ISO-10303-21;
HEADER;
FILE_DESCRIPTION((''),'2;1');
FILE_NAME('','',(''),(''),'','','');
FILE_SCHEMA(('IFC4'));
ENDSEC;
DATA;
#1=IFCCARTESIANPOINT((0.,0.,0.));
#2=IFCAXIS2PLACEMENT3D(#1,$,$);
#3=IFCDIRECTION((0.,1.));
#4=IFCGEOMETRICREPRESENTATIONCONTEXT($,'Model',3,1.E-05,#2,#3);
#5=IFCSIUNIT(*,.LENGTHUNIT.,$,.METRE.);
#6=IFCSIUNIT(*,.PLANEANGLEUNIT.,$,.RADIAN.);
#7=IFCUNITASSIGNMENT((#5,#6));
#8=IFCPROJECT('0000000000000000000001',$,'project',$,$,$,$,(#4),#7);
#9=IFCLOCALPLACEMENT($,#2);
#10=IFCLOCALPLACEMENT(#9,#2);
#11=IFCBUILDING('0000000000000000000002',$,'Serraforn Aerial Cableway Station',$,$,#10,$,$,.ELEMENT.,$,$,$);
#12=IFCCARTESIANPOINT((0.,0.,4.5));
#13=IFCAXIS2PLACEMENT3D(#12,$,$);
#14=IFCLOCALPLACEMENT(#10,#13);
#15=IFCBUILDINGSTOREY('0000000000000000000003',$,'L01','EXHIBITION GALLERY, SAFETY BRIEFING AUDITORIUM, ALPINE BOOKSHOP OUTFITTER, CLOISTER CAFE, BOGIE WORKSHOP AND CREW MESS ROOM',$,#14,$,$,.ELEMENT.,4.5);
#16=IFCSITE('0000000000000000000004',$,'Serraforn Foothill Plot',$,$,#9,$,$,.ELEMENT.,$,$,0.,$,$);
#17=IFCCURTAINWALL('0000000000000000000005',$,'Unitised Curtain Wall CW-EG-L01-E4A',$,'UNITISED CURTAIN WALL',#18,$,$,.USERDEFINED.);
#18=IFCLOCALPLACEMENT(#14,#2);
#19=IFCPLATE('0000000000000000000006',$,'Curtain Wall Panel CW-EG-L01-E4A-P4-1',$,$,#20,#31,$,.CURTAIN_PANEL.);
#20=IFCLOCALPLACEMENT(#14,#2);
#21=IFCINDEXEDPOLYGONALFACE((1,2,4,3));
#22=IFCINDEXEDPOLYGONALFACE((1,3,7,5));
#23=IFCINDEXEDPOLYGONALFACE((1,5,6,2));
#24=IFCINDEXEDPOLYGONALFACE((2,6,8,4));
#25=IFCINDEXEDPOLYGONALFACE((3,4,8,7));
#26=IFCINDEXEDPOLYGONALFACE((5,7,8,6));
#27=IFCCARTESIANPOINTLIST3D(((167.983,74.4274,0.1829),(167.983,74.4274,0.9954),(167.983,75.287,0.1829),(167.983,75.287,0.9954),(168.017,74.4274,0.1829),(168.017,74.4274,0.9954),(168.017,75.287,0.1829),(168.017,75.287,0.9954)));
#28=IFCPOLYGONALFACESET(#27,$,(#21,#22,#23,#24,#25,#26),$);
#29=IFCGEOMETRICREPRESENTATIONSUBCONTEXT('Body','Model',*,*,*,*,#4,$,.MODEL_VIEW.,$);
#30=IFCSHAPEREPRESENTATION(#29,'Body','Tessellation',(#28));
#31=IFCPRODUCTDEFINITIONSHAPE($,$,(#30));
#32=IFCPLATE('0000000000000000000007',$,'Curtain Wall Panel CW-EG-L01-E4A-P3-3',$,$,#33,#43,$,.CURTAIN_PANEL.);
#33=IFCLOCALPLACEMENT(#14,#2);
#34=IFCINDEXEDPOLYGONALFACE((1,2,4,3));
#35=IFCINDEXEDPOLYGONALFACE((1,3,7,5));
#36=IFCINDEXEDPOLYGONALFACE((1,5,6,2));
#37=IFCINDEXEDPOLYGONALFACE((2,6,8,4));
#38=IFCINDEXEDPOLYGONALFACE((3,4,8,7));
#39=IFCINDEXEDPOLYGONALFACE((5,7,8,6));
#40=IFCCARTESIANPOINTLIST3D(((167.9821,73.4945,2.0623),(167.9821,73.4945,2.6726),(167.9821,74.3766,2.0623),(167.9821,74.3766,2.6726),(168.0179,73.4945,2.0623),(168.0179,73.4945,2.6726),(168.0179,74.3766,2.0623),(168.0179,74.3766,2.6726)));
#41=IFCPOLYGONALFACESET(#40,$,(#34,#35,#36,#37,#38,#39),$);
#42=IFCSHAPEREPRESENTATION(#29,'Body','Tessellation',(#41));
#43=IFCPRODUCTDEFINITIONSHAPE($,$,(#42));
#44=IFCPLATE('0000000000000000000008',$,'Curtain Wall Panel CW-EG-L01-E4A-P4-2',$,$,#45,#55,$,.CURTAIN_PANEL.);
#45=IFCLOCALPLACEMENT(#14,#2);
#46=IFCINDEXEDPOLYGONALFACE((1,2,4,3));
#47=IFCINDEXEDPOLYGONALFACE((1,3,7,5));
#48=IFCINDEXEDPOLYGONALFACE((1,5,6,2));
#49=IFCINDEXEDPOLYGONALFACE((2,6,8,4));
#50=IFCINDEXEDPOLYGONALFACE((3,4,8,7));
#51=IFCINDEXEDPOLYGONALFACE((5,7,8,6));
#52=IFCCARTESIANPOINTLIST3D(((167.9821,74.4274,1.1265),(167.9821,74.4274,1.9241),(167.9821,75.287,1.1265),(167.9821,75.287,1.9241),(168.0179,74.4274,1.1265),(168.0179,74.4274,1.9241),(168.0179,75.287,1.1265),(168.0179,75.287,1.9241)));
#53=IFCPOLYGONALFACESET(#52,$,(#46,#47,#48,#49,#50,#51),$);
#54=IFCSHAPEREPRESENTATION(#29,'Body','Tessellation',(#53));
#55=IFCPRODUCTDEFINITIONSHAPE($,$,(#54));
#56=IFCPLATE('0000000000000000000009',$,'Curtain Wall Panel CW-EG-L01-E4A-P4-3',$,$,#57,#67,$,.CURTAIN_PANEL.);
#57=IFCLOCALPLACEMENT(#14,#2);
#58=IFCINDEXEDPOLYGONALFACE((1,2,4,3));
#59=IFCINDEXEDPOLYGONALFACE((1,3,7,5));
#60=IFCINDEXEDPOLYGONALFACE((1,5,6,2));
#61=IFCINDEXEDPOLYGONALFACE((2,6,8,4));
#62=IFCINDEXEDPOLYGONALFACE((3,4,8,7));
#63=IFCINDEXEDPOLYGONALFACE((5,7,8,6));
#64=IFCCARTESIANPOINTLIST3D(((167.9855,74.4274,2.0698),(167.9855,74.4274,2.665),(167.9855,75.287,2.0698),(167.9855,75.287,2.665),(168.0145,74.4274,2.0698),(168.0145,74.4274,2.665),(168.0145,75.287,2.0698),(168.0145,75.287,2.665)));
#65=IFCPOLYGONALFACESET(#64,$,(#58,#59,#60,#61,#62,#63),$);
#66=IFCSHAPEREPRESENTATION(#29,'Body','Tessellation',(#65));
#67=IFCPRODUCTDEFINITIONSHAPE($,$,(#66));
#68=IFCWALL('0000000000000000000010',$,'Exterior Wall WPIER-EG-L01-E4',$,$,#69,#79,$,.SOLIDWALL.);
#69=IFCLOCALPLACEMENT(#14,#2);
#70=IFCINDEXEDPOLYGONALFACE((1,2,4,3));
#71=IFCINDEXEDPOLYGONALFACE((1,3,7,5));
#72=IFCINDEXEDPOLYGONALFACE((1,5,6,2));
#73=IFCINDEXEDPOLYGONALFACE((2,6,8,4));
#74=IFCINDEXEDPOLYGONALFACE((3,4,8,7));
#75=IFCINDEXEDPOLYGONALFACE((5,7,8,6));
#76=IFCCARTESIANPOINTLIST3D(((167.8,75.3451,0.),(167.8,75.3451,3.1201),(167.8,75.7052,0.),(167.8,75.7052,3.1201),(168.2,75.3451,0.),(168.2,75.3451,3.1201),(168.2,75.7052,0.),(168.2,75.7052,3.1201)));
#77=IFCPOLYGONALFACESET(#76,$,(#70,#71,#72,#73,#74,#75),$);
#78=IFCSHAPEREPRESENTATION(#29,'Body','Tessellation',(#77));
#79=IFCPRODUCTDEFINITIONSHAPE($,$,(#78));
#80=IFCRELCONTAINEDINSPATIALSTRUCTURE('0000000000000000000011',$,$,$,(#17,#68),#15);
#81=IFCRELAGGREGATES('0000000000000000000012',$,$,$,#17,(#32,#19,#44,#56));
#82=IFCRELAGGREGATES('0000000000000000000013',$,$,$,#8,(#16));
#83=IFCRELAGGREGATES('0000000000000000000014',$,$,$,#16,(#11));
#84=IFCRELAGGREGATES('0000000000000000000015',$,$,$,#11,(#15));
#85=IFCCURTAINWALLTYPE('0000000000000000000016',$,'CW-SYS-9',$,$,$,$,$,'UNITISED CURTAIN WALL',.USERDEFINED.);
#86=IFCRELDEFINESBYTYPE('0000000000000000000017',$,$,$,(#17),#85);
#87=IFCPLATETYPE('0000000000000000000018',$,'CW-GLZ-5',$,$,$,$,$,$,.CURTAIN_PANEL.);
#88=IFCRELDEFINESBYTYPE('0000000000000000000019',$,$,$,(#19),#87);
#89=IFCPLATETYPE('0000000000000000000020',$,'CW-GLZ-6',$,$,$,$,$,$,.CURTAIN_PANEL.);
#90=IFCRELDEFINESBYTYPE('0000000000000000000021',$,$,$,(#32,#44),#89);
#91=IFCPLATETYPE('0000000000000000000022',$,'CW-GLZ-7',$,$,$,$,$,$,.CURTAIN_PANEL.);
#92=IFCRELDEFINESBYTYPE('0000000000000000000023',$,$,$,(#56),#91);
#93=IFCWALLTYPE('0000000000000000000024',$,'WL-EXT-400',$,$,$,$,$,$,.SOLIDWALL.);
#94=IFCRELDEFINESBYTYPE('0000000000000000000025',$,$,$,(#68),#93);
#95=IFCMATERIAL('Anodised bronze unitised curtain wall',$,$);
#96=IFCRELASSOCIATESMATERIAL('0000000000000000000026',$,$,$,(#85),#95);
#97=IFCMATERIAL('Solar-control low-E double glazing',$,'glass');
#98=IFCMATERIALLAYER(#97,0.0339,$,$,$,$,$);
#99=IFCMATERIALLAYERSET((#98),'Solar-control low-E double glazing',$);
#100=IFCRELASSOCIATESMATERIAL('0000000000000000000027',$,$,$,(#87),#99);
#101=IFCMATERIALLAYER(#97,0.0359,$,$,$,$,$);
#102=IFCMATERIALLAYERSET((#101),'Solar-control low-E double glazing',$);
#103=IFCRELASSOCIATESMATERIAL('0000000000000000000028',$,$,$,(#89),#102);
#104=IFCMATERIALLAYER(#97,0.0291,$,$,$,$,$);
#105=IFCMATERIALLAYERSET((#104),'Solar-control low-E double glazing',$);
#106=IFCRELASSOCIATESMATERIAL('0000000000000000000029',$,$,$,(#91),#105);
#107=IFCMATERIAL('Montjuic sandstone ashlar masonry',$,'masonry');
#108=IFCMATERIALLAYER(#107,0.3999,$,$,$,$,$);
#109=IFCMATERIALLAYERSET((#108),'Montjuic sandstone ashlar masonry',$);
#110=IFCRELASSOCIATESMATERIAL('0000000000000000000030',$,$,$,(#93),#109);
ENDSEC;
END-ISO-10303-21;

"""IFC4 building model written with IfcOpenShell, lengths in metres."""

from ifc_helpers import new_model, si_unit, direction, frame, frame_2d, origin, origin_2d, place, context, subcontext, project, spatial, rectangle, extrude, material, layer, layer_set, type_object, element, aggregate, save


model = new_model("IFC4")

# Units and contexts
model_context = context("Model", 3, precision=1e-05, world=origin(), true_north=direction((0.0, 1.0)))
body_context = subcontext(model_context, "Body", "Model", "MODEL_VIEW")
ifc_project = project(units=[si_unit("LENGTHUNIT", "METRE"), si_unit("PLANEANGLEUNIT", "RADIAN")], contexts=[model_context])

# Site, building, storey
site_placement = place(None, origin())
site = spatial("IfcSite", under=ifc_project, at=site_placement, Name="Serraforn Foothill Plot", CompositionType="ELEMENT", RefElevation=0.0)
building_placement = place(site_placement, origin())
building = spatial("IfcBuilding", under=site, at=building_placement, Name="Serraforn Aerial Cableway Station", CompositionType="ELEMENT")
storey_placement = place(building_placement, frame((0.0, 0.0, 4.5)))
storey = spatial("IfcBuildingStorey", under=building, at=storey_placement, Name="L01", Description="EXHIBITION GALLERY, SAFETY BRIEFING AUDITORIUM, ALPINE BOOKSHOP OUTFITTER, CLOISTER CAFE, BOGIE WORKSHOP AND CREW MESS ROOM", CompositionType="ELEMENT", Elevation=4.5)

# Curtain wall
ifc_material_1 = material(Name="Anodised bronze unitised curtain wall")
curtain_wall_type_1 = type_object("IfcCurtainWallType", Name="CW-SYS-9", ElementType="UNITISED CURTAIN WALL", PredefinedType="USERDEFINED", material=ifc_material_1)
curtain_wall_1_placement = place(storey_placement, origin())
curtain_wall_1 = element("IfcCurtainWall", 1, at=curtain_wall_1_placement, inside=storey, type_object=curtain_wall_type_1, Name="Unitised Curtain Wall CW-EG-L01-E4A", ObjectType="UNITISED CURTAIN WALL", PredefinedType="USERDEFINED")

# Plates
ifc_material_2 = material(Name="Solar-control low-E double glazing", Category="glass")
ifc_layer_1 = layer(ifc_material_2, 0.0339)
ifc_layer_set_1 = layer_set([ifc_layer_1], Name="Solar-control low-E double glazing")
plate_type_1 = type_object("IfcPlateType", Name="CW-GLZ-5", PredefinedType="CURTAIN_PANEL", material=ifc_layer_set_1)
plate_1_placement = place(storey_placement, frame((168.0, 74.8572, 0.1829), z_axis=(0.0, 0.0, 1.0), x_axis=(1.0, 0.0, 0.0)))
plate_1 = element("IfcPlate", 2, at=plate_1_placement, type_object=plate_type_1, Name="Curtain Wall Panel CW-EG-L01-E4A-P4-1", PredefinedType="CURTAIN_PANEL", context=body_context, shape_type="SweptSolid", body=[
    extrude(rectangle(XDim=0.0339, YDim=0.8596, at=origin_2d()), origin(), (0.0, 0.0, 1.0), 0.8125),
])
ifc_layer_2 = layer(ifc_material_2, 0.0359)
ifc_layer_set_2 = layer_set([ifc_layer_2], Name="Solar-control low-E double glazing")
plate_type_2 = type_object("IfcPlateType", Name="CW-GLZ-6", PredefinedType="CURTAIN_PANEL", material=ifc_layer_set_2)
plate_2_placement = place(storey_placement, frame((168.0, 73.9355, 2.0623), z_axis=(0.0, 0.0, 1.0), x_axis=(1.0, 0.0, 0.0)))
plate_2 = element("IfcPlate", 3, at=plate_2_placement, type_object=plate_type_2, Name="Curtain Wall Panel CW-EG-L01-E4A-P3-3", PredefinedType="CURTAIN_PANEL", context=body_context, shape_type="SweptSolid", body=[
    extrude(rectangle(XDim=0.0359, YDim=0.8821, at=origin_2d()), origin(), (0.0, 0.0, 1.0), 0.6104),
])
plate_3_placement = place(storey_placement, frame((168.0, 74.8572, 1.1265), z_axis=(0.0, 0.0, 1.0), x_axis=(1.0, 0.0, 0.0)))
plate_3 = element("IfcPlate", 4, at=plate_3_placement, type_object=plate_type_2, Name="Curtain Wall Panel CW-EG-L01-E4A-P4-2", PredefinedType="CURTAIN_PANEL", context=body_context, shape_type="SweptSolid", body=[
    extrude(rectangle(XDim=0.0359, YDim=0.8596, at=origin_2d()), origin(), (0.0, 0.0, 1.0), 0.7976),
])
ifc_layer_3 = layer(ifc_material_2, 0.0291)
ifc_layer_set_3 = layer_set([ifc_layer_3], Name="Solar-control low-E double glazing")
plate_type_3 = type_object("IfcPlateType", Name="CW-GLZ-7", PredefinedType="CURTAIN_PANEL", material=ifc_layer_set_3)
plate_4_placement = place(storey_placement, frame((168.0, 74.8572, 2.0698), z_axis=(0.0, 0.0, 1.0), x_axis=(1.0, 0.0, 0.0)))
plate_4 = element("IfcPlate", 5, at=plate_4_placement, type_object=plate_type_3, Name="Curtain Wall Panel CW-EG-L01-E4A-P4-3", PredefinedType="CURTAIN_PANEL", context=body_context, shape_type="SweptSolid", body=[
    extrude(rectangle(XDim=0.0291, YDim=0.8596, at=origin_2d()), origin(), (0.0, 0.0, 1.0), 0.5952),
])
aggregate(curtain_wall_1, [plate_2, plate_1, plate_3, plate_4])

# Wall
ifc_material_3 = material(Name="Montjuic sandstone ashlar masonry", Category="masonry")
ifc_layer_4 = layer(ifc_material_3, 0.3999)
ifc_layer_set_4 = layer_set([ifc_layer_4], Name="Montjuic sandstone ashlar masonry")
wall_type = type_object("IfcWallType", Name="WL-EXT-400", PredefinedType="SOLIDWALL", material=ifc_layer_set_4)
wall_placement = place(storey_placement, frame((168.0, 75.345, 0.0), z_axis=(0.0, 0.0, 1.0), x_axis=(0.0, 1.0, 0.0)))
element("IfcWall", 6, at=wall_placement, inside=storey, type_object=wall_type, Name="Exterior Wall WPIER-EG-L01-E4", PredefinedType="SOLIDWALL", context=body_context, shape_type="SweptSolid", body=[
    extrude(rectangle(XDim=0.3601, YDim=0.3999, at=frame_2d((0.1802, 0.0))), origin(), (0.0, 0.0, 1.0), 3.1201),
])

save(model, "model.ifc")
